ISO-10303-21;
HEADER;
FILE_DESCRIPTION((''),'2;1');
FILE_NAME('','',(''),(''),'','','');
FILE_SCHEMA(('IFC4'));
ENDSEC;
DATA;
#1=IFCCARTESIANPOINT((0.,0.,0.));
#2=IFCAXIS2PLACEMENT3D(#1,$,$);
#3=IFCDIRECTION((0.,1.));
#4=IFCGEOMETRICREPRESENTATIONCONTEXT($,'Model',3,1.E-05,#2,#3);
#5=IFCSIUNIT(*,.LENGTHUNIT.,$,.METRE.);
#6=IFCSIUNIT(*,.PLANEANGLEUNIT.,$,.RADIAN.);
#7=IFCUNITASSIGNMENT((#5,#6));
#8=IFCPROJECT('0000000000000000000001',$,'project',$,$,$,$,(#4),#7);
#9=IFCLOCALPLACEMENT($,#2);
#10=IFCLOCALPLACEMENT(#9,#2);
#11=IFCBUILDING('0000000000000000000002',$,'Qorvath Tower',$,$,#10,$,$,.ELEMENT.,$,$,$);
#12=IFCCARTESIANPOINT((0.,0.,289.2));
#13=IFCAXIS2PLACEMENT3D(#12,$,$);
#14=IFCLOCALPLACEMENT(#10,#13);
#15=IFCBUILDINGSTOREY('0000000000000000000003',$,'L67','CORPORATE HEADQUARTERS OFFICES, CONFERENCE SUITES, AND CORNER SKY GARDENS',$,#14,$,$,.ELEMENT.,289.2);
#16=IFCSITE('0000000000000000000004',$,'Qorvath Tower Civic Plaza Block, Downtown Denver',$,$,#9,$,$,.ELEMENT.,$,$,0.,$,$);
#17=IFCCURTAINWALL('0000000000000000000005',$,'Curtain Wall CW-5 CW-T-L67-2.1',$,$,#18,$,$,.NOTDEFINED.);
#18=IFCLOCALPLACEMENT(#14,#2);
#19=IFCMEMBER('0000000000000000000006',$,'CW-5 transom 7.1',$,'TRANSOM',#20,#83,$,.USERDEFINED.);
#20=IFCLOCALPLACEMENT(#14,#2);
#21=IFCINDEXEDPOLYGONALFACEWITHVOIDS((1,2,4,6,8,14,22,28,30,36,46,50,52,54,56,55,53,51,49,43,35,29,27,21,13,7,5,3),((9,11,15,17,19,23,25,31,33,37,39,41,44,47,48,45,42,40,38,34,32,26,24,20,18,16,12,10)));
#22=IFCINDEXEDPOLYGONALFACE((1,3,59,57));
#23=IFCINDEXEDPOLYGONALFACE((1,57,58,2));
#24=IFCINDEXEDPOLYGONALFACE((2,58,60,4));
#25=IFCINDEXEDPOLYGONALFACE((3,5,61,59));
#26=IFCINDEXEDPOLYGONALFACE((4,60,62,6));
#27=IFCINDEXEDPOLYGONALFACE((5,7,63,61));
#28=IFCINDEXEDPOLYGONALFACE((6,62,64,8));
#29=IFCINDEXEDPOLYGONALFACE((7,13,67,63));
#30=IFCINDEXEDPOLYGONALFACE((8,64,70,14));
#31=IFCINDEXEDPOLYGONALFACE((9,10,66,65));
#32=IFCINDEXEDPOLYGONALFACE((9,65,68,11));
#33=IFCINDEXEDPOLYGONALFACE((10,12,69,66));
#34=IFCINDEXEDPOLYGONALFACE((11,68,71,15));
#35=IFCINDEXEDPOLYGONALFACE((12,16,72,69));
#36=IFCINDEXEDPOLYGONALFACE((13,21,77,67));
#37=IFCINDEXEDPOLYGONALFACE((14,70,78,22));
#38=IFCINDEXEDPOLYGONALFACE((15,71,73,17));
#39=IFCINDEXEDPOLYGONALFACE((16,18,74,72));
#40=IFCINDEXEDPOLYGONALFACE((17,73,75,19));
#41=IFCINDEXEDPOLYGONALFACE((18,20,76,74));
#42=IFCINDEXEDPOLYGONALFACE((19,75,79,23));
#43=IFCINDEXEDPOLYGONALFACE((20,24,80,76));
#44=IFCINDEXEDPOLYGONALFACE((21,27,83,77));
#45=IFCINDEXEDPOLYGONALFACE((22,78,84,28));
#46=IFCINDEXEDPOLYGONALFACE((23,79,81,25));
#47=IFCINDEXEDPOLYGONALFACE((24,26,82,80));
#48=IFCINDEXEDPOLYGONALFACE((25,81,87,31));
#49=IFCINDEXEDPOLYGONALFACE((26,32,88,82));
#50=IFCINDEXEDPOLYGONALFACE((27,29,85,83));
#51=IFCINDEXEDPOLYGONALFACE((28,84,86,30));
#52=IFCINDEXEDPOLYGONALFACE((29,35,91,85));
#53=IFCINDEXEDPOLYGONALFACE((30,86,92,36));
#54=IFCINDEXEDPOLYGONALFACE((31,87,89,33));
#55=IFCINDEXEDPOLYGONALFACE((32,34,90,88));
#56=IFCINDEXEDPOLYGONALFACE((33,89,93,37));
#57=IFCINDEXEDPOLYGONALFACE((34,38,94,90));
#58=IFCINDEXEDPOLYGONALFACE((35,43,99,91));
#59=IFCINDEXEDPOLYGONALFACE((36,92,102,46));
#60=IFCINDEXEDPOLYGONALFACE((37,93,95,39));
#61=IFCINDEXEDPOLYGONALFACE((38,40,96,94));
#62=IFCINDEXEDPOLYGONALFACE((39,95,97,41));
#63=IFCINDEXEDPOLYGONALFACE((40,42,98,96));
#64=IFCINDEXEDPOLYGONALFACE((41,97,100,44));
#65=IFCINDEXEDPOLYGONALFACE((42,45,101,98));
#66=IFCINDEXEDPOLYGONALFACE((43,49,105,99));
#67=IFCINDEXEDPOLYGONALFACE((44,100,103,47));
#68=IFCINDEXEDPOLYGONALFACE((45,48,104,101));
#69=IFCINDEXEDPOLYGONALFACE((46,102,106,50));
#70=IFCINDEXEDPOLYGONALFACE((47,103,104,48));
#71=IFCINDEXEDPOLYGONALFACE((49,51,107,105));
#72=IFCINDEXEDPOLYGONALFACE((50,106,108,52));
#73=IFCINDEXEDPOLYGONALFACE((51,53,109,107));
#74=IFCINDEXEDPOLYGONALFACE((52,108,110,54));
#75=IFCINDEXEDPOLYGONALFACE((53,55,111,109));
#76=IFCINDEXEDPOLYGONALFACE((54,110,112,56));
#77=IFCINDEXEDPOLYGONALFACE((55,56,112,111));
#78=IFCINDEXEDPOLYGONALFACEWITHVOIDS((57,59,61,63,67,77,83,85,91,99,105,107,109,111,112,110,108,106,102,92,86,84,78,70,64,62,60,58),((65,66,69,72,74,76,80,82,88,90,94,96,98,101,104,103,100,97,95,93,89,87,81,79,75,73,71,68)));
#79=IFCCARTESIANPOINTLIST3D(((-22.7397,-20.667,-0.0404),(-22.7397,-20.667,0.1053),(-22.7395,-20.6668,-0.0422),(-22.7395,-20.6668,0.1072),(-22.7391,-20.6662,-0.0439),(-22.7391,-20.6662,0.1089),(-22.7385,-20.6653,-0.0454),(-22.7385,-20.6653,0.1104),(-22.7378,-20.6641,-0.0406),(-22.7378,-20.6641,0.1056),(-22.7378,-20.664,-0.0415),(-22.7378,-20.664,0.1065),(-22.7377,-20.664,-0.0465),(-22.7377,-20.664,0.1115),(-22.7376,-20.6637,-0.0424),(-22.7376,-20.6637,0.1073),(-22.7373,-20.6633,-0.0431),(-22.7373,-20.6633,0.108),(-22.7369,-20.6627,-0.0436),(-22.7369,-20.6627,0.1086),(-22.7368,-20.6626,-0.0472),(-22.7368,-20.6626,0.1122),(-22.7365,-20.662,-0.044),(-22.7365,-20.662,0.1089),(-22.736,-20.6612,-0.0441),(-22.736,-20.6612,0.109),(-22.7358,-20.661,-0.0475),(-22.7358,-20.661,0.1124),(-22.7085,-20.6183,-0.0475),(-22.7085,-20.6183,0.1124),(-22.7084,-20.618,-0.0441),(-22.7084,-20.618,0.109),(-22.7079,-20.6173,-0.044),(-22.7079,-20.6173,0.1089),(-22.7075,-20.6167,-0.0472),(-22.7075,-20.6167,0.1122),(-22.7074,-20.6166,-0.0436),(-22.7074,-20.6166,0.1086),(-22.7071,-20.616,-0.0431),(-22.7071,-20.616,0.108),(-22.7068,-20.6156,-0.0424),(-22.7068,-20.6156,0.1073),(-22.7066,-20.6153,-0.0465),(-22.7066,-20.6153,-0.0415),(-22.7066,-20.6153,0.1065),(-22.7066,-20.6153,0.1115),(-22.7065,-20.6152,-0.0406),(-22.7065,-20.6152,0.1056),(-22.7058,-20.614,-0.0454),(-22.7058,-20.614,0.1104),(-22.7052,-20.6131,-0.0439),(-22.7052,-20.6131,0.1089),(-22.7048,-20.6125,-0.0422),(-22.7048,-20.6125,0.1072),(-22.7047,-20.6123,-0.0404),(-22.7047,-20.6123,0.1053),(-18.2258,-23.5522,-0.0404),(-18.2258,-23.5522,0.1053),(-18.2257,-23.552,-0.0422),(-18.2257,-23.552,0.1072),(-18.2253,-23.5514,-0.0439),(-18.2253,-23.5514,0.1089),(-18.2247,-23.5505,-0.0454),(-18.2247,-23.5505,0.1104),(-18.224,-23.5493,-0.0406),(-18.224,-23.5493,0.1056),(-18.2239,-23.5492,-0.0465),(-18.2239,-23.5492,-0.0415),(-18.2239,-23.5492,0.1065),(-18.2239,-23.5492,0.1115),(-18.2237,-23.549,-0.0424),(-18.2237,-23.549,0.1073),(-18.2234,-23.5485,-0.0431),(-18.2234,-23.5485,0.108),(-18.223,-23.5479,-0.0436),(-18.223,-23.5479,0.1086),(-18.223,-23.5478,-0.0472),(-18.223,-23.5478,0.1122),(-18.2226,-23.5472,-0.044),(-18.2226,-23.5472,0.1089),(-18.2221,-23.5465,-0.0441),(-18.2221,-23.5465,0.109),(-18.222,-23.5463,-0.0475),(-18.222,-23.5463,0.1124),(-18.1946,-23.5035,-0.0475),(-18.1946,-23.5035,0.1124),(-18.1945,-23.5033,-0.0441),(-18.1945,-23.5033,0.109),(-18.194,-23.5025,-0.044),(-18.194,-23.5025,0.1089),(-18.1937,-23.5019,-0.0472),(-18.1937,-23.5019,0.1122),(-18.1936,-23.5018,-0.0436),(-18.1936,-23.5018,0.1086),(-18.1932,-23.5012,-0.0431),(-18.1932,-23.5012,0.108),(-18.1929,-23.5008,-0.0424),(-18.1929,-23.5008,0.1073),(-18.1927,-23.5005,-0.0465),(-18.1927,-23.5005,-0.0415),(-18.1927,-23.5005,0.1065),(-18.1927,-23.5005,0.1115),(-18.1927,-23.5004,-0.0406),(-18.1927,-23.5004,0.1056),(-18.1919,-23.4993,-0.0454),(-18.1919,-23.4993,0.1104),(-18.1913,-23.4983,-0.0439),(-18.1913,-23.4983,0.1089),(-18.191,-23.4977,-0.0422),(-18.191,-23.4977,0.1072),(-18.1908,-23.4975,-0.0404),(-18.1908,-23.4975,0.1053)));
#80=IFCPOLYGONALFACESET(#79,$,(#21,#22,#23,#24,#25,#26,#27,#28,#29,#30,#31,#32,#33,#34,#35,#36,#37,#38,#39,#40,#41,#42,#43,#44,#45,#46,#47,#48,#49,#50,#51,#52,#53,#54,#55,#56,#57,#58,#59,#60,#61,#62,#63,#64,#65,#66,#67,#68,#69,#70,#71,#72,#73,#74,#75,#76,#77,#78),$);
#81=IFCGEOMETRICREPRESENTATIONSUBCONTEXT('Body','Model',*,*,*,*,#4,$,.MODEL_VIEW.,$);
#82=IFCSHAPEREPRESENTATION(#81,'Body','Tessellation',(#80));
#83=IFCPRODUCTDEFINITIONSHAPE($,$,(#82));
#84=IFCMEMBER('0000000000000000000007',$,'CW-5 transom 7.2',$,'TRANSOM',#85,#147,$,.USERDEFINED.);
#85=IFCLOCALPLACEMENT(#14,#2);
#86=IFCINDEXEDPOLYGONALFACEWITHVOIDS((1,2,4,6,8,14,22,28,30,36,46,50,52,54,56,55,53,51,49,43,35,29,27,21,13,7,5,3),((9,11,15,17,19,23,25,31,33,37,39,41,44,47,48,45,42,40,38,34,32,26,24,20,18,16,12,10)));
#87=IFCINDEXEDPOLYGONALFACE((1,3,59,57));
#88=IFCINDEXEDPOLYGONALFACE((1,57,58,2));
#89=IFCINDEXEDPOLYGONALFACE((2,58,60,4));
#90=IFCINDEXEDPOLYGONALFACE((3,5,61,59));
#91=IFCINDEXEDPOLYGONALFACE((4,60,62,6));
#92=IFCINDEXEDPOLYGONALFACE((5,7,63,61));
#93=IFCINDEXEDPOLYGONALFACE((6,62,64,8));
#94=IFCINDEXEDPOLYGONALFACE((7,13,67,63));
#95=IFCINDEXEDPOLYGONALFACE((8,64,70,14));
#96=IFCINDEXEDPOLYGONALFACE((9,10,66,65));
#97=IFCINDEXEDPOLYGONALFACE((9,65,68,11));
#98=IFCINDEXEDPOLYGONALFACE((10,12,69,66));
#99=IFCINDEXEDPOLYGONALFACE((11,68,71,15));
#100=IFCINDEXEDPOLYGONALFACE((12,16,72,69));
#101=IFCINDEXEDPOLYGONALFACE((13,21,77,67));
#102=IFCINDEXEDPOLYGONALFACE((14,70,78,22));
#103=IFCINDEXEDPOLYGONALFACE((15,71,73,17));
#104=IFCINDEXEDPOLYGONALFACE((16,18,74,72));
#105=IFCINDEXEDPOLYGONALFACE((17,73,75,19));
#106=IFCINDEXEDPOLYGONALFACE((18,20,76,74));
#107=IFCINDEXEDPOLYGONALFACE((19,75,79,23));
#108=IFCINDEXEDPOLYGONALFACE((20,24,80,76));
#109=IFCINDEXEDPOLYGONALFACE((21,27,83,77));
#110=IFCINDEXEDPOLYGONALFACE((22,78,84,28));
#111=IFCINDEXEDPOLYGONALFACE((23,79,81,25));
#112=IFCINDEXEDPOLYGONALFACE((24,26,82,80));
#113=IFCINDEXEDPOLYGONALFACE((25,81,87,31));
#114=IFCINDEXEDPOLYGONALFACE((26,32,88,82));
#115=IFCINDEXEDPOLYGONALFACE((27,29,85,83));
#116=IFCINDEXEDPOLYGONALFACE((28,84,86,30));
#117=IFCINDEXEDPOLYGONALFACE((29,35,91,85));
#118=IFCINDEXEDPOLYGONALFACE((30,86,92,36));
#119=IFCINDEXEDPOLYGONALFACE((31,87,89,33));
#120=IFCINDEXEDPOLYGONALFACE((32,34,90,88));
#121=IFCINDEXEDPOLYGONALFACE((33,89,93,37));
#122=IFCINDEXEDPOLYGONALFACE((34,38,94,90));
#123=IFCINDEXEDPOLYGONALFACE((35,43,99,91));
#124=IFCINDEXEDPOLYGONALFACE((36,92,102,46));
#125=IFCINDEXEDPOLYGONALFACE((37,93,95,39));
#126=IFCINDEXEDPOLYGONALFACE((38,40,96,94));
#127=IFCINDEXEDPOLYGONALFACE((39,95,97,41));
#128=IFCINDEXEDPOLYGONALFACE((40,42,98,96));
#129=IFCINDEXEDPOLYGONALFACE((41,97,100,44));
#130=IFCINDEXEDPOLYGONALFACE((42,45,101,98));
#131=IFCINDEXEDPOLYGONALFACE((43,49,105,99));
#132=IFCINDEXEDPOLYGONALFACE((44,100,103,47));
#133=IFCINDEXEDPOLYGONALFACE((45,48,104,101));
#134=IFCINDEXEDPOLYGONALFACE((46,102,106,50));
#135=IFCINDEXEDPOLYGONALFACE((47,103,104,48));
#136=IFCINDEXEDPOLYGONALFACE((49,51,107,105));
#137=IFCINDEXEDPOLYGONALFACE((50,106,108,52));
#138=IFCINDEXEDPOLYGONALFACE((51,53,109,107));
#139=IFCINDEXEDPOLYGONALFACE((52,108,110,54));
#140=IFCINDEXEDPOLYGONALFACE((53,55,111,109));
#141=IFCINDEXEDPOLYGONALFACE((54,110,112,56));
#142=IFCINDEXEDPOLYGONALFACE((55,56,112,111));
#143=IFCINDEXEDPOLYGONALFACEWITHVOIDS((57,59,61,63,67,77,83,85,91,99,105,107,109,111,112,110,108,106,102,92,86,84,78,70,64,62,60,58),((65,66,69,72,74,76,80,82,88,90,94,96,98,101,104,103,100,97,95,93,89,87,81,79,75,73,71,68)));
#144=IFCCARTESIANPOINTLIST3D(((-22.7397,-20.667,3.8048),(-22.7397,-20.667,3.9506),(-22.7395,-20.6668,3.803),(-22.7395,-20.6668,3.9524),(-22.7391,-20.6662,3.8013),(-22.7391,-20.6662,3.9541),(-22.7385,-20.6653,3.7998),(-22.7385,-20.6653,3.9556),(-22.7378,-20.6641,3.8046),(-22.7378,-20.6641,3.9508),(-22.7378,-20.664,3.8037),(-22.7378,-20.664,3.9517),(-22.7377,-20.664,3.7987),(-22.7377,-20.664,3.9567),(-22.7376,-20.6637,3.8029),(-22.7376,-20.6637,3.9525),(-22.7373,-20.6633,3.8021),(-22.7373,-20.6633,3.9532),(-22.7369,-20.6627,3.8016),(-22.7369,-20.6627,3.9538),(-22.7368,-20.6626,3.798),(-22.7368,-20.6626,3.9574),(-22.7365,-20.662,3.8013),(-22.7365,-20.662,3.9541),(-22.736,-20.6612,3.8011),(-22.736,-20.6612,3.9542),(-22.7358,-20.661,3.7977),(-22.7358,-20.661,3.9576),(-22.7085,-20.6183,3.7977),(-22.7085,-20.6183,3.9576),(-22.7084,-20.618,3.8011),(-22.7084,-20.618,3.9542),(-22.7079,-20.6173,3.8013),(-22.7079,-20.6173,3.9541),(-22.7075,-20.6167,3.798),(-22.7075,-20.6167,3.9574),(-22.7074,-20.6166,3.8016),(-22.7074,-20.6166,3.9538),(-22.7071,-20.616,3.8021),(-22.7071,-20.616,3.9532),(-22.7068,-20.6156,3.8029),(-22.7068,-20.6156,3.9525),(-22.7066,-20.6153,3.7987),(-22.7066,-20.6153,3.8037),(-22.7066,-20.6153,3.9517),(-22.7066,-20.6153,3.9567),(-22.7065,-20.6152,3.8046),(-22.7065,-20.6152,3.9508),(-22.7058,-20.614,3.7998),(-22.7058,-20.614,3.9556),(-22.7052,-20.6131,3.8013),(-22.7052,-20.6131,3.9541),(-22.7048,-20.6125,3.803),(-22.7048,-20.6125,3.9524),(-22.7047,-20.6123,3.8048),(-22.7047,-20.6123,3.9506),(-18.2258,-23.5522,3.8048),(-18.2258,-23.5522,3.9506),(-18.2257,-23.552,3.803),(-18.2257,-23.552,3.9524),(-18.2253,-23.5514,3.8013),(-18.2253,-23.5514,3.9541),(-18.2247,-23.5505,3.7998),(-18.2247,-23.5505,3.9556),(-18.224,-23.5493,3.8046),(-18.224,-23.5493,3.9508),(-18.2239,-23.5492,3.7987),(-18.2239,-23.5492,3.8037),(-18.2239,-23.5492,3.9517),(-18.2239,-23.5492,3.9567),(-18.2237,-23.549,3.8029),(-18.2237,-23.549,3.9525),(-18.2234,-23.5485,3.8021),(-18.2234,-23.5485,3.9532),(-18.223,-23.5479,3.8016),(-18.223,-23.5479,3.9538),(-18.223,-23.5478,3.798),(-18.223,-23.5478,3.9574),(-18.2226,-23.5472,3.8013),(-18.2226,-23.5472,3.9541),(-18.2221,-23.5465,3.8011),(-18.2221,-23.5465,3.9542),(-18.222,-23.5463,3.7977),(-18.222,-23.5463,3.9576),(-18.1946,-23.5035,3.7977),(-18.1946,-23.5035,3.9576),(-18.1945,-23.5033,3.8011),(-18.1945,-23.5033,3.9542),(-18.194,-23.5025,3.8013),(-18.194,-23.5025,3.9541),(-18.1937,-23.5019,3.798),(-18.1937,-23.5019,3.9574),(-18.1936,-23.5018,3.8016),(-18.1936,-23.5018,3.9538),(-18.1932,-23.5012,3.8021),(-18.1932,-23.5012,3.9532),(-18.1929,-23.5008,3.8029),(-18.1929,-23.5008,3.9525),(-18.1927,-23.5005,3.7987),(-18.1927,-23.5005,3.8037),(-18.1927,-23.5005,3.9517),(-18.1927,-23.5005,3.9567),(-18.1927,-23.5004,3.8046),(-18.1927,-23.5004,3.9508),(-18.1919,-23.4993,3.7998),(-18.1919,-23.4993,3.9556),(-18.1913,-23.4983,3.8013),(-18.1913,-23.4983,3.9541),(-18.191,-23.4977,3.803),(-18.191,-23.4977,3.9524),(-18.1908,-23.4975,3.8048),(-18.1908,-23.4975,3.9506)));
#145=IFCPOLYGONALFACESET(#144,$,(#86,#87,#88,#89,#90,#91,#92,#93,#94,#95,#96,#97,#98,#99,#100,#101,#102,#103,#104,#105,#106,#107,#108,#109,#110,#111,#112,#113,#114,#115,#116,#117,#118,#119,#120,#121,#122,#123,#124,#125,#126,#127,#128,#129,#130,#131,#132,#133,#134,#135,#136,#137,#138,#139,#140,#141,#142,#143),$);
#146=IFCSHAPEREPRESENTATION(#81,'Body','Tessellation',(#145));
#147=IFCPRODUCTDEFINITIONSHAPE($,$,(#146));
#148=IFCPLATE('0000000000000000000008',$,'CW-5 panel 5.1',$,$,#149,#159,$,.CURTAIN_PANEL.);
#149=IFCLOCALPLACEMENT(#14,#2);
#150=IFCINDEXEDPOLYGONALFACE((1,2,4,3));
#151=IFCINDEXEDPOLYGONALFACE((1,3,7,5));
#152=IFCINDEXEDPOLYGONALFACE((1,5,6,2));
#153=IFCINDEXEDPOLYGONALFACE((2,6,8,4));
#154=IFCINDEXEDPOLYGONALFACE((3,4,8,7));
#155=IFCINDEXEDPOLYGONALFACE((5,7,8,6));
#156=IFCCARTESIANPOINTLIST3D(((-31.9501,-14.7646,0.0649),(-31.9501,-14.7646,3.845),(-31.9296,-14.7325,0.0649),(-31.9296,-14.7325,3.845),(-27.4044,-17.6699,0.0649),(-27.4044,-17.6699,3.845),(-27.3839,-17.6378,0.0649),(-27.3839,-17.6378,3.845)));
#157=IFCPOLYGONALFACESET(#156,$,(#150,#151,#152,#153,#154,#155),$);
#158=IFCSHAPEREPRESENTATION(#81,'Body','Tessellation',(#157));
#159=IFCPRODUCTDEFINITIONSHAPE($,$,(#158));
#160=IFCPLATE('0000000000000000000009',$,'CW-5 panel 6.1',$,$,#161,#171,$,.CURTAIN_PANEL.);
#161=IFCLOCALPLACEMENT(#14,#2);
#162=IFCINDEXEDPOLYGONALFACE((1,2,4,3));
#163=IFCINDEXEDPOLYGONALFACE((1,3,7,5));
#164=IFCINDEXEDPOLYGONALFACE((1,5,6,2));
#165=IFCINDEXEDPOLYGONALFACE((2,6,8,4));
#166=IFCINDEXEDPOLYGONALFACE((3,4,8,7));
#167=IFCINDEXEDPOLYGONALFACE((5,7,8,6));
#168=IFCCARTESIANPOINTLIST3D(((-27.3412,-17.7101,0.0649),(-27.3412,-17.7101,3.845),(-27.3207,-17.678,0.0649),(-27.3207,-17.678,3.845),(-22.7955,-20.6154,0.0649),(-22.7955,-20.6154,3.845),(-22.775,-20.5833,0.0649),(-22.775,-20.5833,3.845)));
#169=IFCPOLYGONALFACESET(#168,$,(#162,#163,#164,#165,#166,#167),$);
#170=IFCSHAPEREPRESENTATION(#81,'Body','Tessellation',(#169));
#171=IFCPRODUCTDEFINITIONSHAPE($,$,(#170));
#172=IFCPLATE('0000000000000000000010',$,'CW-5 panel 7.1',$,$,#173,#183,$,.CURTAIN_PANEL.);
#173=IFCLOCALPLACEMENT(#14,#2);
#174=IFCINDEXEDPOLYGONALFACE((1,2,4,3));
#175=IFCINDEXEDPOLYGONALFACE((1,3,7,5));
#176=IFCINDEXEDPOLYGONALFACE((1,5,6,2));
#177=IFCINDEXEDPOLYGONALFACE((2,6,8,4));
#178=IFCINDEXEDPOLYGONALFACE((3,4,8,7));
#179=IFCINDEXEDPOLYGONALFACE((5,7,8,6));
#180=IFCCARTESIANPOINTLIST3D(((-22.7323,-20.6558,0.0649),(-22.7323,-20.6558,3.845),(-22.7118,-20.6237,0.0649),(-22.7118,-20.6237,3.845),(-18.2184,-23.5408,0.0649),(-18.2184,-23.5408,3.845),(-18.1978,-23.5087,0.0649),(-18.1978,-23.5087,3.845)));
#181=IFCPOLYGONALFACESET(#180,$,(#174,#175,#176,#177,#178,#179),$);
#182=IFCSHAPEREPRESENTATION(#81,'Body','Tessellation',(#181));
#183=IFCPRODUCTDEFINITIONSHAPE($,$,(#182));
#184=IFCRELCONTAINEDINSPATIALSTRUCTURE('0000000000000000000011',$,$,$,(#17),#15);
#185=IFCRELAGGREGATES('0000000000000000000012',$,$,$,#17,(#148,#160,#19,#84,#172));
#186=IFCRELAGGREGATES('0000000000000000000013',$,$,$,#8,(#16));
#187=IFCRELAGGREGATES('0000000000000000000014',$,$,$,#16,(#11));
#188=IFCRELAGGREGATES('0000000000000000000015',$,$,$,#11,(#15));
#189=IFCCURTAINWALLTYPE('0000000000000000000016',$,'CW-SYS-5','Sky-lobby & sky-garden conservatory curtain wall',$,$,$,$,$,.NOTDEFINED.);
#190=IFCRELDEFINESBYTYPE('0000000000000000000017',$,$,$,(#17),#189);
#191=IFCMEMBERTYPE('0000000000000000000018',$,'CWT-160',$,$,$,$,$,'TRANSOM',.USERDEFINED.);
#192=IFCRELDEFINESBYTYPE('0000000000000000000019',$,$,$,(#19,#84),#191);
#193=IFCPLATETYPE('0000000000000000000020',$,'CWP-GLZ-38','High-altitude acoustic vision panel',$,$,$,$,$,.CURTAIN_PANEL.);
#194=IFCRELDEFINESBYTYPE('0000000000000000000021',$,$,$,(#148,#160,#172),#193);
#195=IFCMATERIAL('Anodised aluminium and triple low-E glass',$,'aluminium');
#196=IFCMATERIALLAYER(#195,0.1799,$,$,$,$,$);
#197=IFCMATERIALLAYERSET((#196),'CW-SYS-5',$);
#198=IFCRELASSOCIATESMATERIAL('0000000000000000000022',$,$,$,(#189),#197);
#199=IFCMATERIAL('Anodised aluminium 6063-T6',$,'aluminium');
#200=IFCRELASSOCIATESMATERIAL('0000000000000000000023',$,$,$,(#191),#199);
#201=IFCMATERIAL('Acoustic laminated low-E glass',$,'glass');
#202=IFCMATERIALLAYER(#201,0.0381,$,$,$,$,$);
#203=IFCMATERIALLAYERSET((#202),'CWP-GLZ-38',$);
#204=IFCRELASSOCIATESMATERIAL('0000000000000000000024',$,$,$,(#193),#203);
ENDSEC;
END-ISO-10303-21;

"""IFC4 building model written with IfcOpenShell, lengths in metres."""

from ifc_helpers import new_model, si_unit, direction, frame, origin, origin_2d, place, context, subcontext, project, spatial, rectangle, hollow_rectangle, extrude, material, layer, layer_set, material_profile, profile_set, type_object, element, aggregate, save


model = new_model("IFC4")

# Units and contexts
model_context = context("Model", 3, precision=1e-05, world=origin(), true_north=direction((0.0, 1.0)))
body_context = subcontext(model_context, "Body", "Model", "MODEL_VIEW")
ifc_project = project(units=[si_unit("LENGTHUNIT", "METRE"), si_unit("PLANEANGLEUNIT", "RADIAN")], contexts=[model_context])

# Site, building, storey
site_placement = place(None, origin())
site = spatial("IfcSite", under=ifc_project, at=site_placement, Name="Qorvath Tower Civic Plaza Block, Downtown Denver", CompositionType="ELEMENT", RefElevation=0.0)
building_placement = place(site_placement, origin())
building = spatial("IfcBuilding", under=site, at=building_placement, Name="Qorvath Tower", CompositionType="ELEMENT")
storey_placement = place(building_placement, frame((0.0, 0.0, 289.2)))
storey = spatial("IfcBuildingStorey", under=building, at=storey_placement, Name="L67", Description="CORPORATE HEADQUARTERS OFFICES, CONFERENCE SUITES, AND CORNER SKY GARDENS", CompositionType="ELEMENT", Elevation=289.2)

# Curtain wall, members, plates
ifc_material_1 = material(Name="Anodised aluminium and triple low-E glass", Category="aluminium")
ifc_layer_1 = layer(ifc_material_1, 0.1799)
ifc_layer_set_1 = layer_set([ifc_layer_1], Name="CW-SYS-5")
curtain_wall_type = type_object("IfcCurtainWallType", Name="CW-SYS-5", Description="Sky-lobby & sky-garden conservatory curtain wall", PredefinedType="NOTDEFINED", material=ifc_layer_set_1)
curtain_wall_placement = place(storey_placement, origin())
curtain_wall = element("IfcCurtainWall", 1, at=curtain_wall_placement, inside=storey, type_object=curtain_wall_type, Name="Curtain Wall CW-5 CW-T-L67-2.1", PredefinedType="NOTDEFINED")
ifc_material_2 = material(Name="Anodised aluminium 6063-T6", Category="aluminium")
ifc_material_profile_1 = material_profile(ifc_material_2, hollow_rectangle(XDim=0.0649, YDim=0.1599, WallThickness=0.0034, InnerFilletRadius=0.0034, OuterFilletRadius=0.0071, at=origin_2d()), Name="CWT 160x65")
ifc_profile_set_1 = profile_set([ifc_material_profile_1], Name="Anodised aluminium 6063-T6")
member_type_1 = type_object("IfcMemberType", Name="CWT-160", ElementType="TRANSOM", PredefinedType="USERDEFINED", material=ifc_profile_set_1)
member_1_placement = place(storey_placement, frame((-22.7222, -20.6396, 0.0325), z_axis=(0.842581, -0.53857, 0.0), x_axis=(0.53857, 0.842581, 0.0)))
member_1 = element("IfcMember", 2, at=member_1_placement, type_object=member_type_1, Name="CW-5 transom 7.1", ObjectType="TRANSOM", PredefinedType="USERDEFINED", context=body_context, shape_type="SweptSolid", body=[
    extrude(hollow_rectangle(XDim=0.0649, YDim=0.1599, WallThickness=0.0034, InnerFilletRadius=0.0034, OuterFilletRadius=0.0071, at=origin_2d()), origin(), (0.0, 0.0, 1.0), 5.3572),
])
member_2_placement = place(storey_placement, frame((-22.7222, -20.6396, 3.8777), z_axis=(0.842581, -0.53857, 0.0), x_axis=(0.53857, 0.842581, 0.0)))
member_2 = element("IfcMember", 3, at=member_2_placement, type_object=member_type_1, Name="CW-5 transom 7.2", ObjectType="TRANSOM", PredefinedType="USERDEFINED", context=body_context, shape_type="SweptSolid", body=[
    extrude(hollow_rectangle(XDim=0.0649, YDim=0.1599, WallThickness=0.0034, InnerFilletRadius=0.0034, OuterFilletRadius=0.0071, at=origin_2d()), origin(), (0.0, 0.0, 1.0), 5.3572),
])
ifc_material_3 = material(Name="Acoustic laminated low-E glass", Category="glass")
ifc_layer_2 = layer(ifc_material_3, 0.0381)
ifc_layer_set_2 = layer_set([ifc_layer_2], Name="CWP-GLZ-38")
plate_type = type_object("IfcPlateType", Name="CWP-GLZ-38", Description="High-altitude acoustic vision panel", PredefinedType="CURTAIN_PANEL", material=ifc_layer_set_2)
plate_1_placement = place(storey_placement, frame((-29.667, -16.2012, 0.0649), z_axis=(0.0, 0.0, 1.0), x_axis=(0.842602, -0.538537, 0.0)))
plate_1 = element("IfcPlate", 4, at=plate_1_placement, type_object=plate_type, Name="CW-5 panel 5.1", PredefinedType="CURTAIN_PANEL", context=body_context, shape_type="SweptSolid", body=[
    extrude(rectangle(XDim=5.3948, YDim=0.0381, at=origin_2d()), origin(), (0.0, 0.0, 1.0), 3.78),
])
plate_2_placement = place(storey_placement, frame((-25.0581, -19.1467, 0.0649), z_axis=(0.0, 0.0, 1.0), x_axis=(0.842602, -0.538537, 0.0)))
plate_2 = element("IfcPlate", 5, at=plate_2_placement, type_object=plate_type, Name="CW-5 panel 6.1", PredefinedType="CURTAIN_PANEL", context=body_context, shape_type="SweptSolid", body=[
    extrude(rectangle(XDim=5.3948, YDim=0.0381, at=origin_2d()), origin(), (0.0, 0.0, 1.0), 3.78),
])
plate_3_placement = place(storey_placement, frame((-20.4651, -22.0823, 0.0649), z_axis=(0.0, 0.0, 1.0), x_axis=(0.842602, -0.538537, 0.0)))
plate_3 = element("IfcPlate", 6, at=plate_3_placement, type_object=plate_type, Name="CW-5 panel 7.1", PredefinedType="CURTAIN_PANEL", context=body_context, shape_type="SweptSolid", body=[
    extrude(rectangle(XDim=5.3572, YDim=0.0381, at=origin_2d()), origin(), (0.0, 0.0, 1.0), 3.78),
])
aggregate(curtain_wall, [plate_1, plate_2, member_1, member_2, plate_3])

save(model, "model.ifc")
